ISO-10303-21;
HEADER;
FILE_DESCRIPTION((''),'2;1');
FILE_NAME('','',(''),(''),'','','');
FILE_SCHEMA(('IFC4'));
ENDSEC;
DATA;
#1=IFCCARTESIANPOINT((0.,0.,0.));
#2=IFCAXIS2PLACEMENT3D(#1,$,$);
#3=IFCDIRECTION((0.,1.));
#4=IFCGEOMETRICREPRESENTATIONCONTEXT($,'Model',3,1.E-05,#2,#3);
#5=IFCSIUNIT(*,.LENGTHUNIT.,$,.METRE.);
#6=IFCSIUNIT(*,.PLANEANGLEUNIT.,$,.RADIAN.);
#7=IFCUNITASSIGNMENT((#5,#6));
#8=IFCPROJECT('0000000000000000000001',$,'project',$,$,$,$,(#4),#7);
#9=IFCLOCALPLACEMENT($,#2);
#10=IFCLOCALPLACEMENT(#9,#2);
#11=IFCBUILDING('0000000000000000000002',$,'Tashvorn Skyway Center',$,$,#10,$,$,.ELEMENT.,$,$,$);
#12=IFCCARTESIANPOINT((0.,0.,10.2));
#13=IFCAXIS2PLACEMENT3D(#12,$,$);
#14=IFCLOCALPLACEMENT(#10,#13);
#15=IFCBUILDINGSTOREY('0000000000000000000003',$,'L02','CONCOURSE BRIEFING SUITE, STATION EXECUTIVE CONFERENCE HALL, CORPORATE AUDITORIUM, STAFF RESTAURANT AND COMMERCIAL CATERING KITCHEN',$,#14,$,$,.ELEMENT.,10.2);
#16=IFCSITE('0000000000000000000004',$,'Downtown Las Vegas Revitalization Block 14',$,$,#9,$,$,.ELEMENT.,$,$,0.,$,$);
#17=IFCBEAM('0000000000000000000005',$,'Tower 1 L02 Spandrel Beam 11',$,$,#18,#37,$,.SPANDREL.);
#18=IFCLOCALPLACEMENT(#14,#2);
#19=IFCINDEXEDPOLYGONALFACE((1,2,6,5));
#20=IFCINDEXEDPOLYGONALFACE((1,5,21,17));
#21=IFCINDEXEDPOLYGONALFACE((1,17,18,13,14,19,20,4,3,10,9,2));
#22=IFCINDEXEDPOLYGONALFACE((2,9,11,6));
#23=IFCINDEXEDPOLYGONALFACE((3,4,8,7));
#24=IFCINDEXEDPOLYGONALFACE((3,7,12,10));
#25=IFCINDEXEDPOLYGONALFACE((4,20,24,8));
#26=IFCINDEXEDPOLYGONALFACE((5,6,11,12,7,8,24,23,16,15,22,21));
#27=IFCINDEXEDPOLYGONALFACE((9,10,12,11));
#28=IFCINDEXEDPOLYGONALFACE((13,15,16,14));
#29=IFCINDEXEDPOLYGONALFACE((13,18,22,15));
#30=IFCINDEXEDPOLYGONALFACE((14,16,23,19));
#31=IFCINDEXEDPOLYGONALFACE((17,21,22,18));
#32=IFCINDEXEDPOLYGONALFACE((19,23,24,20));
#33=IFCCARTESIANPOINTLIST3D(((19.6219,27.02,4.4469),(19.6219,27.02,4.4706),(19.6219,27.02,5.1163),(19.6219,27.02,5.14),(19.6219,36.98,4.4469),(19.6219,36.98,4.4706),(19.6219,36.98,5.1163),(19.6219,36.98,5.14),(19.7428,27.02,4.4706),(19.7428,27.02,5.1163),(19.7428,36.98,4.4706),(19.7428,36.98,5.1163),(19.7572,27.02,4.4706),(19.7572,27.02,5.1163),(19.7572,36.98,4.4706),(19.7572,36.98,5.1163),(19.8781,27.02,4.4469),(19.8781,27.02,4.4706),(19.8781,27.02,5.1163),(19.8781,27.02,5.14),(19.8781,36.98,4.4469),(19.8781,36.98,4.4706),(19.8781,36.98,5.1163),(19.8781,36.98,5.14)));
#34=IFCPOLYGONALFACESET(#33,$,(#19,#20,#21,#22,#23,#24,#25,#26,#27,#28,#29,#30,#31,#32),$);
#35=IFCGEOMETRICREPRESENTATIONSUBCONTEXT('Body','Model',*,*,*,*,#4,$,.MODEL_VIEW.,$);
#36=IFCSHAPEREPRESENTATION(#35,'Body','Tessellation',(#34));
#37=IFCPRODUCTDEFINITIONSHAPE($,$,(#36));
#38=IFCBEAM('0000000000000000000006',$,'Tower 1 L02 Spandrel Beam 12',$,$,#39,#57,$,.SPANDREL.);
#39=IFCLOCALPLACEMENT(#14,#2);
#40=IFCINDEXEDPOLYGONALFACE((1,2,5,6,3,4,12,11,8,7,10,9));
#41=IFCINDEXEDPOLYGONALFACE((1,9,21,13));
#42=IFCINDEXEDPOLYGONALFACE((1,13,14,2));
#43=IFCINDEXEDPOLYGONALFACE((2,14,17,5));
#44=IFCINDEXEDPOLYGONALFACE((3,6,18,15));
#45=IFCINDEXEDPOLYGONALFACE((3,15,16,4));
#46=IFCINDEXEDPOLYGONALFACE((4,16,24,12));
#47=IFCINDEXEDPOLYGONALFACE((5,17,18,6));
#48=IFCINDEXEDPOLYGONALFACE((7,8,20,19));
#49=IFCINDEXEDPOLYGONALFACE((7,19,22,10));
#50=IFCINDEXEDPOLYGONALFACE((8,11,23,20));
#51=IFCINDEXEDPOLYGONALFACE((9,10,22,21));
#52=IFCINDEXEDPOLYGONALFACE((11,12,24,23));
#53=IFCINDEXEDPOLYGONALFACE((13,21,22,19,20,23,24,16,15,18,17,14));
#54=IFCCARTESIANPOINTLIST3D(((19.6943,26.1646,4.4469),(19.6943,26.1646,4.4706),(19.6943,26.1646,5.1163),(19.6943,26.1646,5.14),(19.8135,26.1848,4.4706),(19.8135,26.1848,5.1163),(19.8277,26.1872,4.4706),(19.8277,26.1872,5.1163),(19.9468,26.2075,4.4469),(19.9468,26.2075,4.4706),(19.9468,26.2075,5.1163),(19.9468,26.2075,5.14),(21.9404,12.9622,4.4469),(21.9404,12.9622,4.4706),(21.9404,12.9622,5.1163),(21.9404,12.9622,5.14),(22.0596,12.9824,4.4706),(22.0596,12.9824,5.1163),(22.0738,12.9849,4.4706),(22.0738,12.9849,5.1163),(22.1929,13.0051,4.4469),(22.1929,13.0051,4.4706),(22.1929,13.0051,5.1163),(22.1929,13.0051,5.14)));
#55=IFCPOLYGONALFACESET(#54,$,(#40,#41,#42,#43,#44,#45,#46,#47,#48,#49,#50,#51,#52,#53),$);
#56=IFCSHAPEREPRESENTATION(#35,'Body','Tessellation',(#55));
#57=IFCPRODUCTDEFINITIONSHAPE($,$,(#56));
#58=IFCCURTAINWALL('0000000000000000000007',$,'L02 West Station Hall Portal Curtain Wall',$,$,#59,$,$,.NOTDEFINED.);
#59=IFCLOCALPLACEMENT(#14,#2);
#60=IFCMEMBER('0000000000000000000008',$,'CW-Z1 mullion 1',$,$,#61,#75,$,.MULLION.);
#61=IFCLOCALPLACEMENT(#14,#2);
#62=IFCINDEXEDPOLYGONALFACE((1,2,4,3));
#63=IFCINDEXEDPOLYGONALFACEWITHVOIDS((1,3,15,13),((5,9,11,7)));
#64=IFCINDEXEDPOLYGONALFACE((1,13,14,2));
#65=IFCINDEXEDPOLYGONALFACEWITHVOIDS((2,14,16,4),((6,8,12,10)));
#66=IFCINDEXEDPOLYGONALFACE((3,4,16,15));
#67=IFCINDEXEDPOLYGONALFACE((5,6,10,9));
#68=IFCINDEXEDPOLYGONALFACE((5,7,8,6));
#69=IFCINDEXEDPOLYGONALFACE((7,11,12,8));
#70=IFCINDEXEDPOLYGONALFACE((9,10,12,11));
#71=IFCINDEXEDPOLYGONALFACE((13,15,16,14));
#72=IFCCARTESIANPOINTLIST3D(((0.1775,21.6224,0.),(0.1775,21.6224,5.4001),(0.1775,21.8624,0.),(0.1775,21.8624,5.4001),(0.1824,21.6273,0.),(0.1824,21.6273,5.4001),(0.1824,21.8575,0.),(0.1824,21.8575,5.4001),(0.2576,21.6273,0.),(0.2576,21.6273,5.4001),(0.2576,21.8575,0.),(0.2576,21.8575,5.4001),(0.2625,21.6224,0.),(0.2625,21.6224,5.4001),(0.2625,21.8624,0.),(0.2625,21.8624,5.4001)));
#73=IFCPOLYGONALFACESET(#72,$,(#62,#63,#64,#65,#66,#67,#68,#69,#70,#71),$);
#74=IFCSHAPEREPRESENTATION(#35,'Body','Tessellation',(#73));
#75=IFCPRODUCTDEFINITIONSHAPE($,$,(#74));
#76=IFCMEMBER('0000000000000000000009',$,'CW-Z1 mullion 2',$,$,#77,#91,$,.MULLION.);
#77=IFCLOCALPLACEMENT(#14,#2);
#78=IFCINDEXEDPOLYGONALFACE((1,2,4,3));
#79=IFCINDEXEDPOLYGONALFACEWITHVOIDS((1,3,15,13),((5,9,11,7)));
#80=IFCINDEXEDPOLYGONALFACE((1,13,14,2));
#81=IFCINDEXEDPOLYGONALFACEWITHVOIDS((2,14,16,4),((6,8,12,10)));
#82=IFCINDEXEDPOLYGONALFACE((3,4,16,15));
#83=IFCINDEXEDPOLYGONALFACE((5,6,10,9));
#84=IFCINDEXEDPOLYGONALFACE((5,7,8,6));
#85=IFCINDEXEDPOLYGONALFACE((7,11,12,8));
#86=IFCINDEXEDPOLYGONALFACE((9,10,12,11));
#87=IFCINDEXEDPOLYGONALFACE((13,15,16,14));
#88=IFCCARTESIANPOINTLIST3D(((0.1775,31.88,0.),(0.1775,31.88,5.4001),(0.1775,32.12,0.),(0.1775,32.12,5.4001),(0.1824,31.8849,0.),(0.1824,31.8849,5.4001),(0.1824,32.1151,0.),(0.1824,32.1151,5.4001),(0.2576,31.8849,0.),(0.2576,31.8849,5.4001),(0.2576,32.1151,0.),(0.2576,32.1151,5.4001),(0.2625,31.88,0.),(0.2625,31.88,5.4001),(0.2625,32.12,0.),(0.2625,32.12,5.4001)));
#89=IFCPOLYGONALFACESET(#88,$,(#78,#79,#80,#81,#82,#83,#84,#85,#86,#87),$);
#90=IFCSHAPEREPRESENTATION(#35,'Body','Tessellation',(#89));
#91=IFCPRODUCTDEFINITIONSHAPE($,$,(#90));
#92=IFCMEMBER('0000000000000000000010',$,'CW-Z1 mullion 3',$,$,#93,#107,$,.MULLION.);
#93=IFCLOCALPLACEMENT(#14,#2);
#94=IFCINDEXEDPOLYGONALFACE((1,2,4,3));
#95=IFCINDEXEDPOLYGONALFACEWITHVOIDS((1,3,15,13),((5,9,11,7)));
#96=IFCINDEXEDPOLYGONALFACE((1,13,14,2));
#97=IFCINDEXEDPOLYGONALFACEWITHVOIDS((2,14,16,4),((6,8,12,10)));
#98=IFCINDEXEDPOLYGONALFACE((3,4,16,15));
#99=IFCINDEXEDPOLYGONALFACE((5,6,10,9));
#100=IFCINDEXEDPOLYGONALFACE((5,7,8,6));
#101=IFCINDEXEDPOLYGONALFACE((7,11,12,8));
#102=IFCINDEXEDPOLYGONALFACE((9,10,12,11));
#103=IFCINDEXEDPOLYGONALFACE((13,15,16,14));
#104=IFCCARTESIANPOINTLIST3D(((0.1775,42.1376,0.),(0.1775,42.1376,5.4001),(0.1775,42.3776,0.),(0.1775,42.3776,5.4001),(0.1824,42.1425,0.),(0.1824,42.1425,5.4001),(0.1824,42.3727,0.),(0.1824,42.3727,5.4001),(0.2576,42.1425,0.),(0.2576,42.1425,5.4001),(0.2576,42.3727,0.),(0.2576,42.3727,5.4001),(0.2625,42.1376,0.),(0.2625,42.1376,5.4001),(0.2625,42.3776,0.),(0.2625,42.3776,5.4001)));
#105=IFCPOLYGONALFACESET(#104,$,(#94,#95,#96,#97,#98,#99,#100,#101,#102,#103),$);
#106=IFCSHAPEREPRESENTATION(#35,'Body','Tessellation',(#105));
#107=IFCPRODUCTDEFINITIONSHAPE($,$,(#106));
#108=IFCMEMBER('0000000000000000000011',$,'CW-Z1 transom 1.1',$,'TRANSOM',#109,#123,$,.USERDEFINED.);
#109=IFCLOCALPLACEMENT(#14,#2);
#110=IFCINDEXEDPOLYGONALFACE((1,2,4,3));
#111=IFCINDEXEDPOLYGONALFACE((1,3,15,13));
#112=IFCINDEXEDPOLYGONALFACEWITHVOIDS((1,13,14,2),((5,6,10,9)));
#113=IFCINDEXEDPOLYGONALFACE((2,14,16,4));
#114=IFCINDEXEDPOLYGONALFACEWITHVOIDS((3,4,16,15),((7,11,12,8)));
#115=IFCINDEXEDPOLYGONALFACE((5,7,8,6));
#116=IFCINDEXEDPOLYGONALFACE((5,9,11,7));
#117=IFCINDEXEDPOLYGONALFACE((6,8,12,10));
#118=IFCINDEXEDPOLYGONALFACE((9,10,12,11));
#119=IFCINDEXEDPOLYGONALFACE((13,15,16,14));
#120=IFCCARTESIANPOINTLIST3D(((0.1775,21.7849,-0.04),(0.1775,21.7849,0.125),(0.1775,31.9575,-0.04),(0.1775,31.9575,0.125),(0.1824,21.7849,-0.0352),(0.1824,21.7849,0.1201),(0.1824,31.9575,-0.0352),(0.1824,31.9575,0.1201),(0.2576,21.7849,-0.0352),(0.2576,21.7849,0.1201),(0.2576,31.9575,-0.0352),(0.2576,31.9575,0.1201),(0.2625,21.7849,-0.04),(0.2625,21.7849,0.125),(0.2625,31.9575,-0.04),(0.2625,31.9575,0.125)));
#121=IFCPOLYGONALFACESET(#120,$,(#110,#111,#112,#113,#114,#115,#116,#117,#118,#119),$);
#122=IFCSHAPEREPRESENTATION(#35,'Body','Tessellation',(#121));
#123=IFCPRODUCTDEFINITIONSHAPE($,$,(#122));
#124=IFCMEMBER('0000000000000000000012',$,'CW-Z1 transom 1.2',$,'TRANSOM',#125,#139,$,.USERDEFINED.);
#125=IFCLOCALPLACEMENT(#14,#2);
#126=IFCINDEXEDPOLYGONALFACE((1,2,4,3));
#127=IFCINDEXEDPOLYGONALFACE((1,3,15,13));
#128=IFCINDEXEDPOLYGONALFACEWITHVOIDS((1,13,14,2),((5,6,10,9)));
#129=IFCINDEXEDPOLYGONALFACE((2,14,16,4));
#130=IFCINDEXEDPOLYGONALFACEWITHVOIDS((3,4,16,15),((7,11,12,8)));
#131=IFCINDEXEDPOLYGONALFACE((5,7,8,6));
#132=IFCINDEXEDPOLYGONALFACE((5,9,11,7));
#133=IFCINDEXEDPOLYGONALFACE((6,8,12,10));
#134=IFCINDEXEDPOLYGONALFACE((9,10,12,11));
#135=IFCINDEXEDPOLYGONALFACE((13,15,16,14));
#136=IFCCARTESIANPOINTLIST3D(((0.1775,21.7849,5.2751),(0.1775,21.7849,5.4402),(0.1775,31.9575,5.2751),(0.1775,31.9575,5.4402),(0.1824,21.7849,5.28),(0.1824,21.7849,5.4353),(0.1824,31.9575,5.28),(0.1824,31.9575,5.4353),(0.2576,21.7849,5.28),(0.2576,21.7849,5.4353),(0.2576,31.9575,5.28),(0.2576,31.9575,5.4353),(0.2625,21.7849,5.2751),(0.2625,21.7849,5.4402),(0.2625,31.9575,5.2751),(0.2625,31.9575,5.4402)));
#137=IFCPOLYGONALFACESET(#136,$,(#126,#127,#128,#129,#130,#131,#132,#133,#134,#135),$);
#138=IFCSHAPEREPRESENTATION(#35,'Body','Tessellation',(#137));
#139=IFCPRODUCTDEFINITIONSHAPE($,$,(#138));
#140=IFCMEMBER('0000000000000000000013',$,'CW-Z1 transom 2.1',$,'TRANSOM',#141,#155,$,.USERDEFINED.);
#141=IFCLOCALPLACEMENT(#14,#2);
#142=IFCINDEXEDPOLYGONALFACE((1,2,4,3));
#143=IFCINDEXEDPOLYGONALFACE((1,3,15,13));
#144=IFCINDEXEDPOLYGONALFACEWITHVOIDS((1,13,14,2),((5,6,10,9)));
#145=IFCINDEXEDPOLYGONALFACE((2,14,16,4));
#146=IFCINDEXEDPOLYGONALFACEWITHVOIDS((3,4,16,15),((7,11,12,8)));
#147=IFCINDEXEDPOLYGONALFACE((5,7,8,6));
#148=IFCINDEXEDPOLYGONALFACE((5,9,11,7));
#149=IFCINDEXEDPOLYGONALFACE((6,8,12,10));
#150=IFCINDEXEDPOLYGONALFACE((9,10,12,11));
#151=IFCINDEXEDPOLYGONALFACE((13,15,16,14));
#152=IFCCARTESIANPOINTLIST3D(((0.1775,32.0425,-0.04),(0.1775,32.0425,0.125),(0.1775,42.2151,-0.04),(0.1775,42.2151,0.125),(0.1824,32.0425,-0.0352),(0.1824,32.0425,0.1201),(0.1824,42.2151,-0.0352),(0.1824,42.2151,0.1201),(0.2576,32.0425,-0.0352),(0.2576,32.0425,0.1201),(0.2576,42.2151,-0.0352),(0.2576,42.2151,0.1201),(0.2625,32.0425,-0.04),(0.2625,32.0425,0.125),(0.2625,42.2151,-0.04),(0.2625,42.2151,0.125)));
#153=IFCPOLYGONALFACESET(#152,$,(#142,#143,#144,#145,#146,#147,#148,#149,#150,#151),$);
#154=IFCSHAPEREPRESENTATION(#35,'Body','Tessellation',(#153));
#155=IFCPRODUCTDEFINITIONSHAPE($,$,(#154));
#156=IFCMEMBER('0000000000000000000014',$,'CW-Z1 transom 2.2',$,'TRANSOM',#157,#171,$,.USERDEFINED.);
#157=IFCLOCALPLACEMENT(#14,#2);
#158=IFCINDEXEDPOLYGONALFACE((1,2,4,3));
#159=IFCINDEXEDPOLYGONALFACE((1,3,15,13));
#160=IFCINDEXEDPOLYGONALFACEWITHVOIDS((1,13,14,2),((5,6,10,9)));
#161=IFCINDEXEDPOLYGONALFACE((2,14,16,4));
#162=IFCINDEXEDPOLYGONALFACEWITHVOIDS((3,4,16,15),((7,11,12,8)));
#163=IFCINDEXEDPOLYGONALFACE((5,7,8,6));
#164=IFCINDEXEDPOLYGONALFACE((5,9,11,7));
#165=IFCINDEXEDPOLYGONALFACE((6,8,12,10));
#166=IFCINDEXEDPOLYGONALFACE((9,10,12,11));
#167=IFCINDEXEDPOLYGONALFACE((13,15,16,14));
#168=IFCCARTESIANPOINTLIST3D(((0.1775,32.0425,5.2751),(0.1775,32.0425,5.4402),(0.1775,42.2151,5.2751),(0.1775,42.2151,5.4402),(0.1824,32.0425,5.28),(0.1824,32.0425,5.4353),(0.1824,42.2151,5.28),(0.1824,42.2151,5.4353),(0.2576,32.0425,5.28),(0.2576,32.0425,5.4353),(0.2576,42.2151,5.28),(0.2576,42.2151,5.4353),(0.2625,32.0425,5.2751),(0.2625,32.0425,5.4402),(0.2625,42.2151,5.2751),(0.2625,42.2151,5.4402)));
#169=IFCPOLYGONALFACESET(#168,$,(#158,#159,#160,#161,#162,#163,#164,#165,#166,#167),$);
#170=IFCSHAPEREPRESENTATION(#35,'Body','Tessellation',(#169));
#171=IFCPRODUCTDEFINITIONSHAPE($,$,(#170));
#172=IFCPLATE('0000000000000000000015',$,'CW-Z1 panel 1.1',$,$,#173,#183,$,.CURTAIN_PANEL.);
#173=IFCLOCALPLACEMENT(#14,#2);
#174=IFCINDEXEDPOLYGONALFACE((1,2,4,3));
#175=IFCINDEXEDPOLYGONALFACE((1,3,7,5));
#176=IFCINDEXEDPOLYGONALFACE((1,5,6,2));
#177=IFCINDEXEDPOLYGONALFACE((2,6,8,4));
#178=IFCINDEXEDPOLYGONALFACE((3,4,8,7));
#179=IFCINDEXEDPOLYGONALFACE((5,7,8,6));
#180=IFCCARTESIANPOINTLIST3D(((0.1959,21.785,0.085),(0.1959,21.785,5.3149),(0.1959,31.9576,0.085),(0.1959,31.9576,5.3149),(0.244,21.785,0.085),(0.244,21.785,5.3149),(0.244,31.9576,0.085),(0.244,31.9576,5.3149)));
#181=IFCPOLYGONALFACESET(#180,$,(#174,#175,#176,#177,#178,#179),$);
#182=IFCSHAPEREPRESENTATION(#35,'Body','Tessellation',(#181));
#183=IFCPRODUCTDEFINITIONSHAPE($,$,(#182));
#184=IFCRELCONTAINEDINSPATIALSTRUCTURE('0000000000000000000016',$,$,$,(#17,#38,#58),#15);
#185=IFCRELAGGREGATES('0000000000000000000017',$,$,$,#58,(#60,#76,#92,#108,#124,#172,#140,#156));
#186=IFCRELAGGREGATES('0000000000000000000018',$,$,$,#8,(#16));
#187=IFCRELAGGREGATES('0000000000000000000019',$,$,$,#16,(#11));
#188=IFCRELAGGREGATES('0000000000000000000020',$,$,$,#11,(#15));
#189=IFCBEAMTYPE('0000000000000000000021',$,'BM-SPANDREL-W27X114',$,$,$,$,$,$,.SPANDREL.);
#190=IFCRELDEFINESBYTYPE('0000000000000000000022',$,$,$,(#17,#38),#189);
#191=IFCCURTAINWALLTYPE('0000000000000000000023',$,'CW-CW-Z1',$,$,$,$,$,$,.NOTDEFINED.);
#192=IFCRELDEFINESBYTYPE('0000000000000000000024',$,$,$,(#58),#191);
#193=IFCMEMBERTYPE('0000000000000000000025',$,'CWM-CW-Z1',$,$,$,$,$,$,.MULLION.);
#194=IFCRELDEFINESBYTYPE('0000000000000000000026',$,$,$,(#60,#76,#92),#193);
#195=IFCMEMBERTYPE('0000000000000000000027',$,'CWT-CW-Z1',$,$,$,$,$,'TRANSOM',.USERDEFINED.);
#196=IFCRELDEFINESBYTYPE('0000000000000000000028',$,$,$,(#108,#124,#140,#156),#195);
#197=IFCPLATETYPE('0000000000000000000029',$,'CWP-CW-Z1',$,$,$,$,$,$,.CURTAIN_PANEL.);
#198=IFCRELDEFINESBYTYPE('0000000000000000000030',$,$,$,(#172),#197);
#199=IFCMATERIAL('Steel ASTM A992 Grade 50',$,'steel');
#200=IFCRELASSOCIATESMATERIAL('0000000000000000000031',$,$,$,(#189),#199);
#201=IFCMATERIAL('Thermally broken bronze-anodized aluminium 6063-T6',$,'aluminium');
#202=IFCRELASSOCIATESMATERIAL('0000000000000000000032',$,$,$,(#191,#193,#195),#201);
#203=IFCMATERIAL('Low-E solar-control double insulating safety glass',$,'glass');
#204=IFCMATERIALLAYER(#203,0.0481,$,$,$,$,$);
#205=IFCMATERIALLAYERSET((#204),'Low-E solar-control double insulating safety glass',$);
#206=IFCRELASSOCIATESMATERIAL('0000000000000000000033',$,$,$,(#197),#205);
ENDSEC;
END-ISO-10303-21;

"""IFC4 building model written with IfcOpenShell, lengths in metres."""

from ifc_helpers import new_model, si_unit, direction, frame, origin, origin_2d, place, context, subcontext, project, spatial, rectangle, hollow_rectangle, i_section, extrude, material, layer, layer_set, material_profile, profile_set, type_object, element, aggregate, save


model = new_model("IFC4")

# Units and contexts
model_context = context("Model", 3, precision=1e-05, world=origin(), true_north=direction((0.0, 1.0)))
body_context = subcontext(model_context, "Body", "Model", "MODEL_VIEW")
ifc_project = project(units=[si_unit("LENGTHUNIT", "METRE"), si_unit("PLANEANGLEUNIT", "RADIAN")], contexts=[model_context])

# Site, building, storey
site_placement = place(None, origin())
site = spatial("IfcSite", under=ifc_project, at=site_placement, Name="Downtown Las Vegas Revitalization Block 14", CompositionType="ELEMENT", RefElevation=0.0)
building_placement = place(site_placement, origin())
building = spatial("IfcBuilding", under=site, at=building_placement, Name="Tashvorn Skyway Center", CompositionType="ELEMENT")
storey_placement = place(building_placement, frame((0.0, 0.0, 10.2)))
storey = spatial("IfcBuildingStorey", under=building, at=storey_placement, Name="L02", Description="CONCOURSE BRIEFING SUITE, STATION EXECUTIVE CONFERENCE HALL, CORPORATE AUDITORIUM, STAFF RESTAURANT AND COMMERCIAL CATERING KITCHEN", CompositionType="ELEMENT", Elevation=10.2)

# Beams
ifc_material_1 = material(Name="Steel ASTM A992 Grade 50", Category="steel")
ifc_material_profile_1 = material_profile(ifc_material_1, i_section(OverallWidth=0.2561, OverallDepth=0.6931, WebThickness=0.0144, FlangeThickness=0.0237, at=origin_2d()), Name="W27X114")
ifc_profile_set_1 = profile_set([ifc_material_profile_1], Name="Steel ASTM A992 Grade 50")
beam_type_1 = type_object("IfcBeamType", Name="BM-SPANDREL-W27X114", PredefinedType="SPANDREL", material=ifc_profile_set_1)
beam_1_placement = place(storey_placement, frame((19.75, 36.98, 4.7935), z_axis=(0.0, -1.0, 0.0), x_axis=(1.0, 0.0, 0.0)))
element("IfcBeam", 1, at=beam_1_placement, inside=storey, type_object=beam_type_1, Name="Tower 1 L02 Spandrel Beam 11", PredefinedType="SPANDREL", context=body_context, shape_type="SweptSolid", body=[
    extrude(i_section(OverallWidth=0.2561, OverallDepth=0.6931, WebThickness=0.0144, FlangeThickness=0.0237, at=origin_2d()), origin(), (0.0, 0.0, 1.0), 9.96),
])
beam_2_placement = place(storey_placement, frame((19.8206, 26.186, 4.7935), z_axis=(0.167718, -0.985835, 0.0), x_axis=(0.985835, 0.167718, 0.0)))
element("IfcBeam", 2, at=beam_2_placement, inside=storey, type_object=beam_type_1, Name="Tower 1 L02 Spandrel Beam 12", PredefinedType="SPANDREL", context=body_context, shape_type="SweptSolid", body=[
    extrude(i_section(OverallWidth=0.2561, OverallDepth=0.6931, WebThickness=0.0144, FlangeThickness=0.0237, at=origin_2d()), origin(), (0.0, 0.0, 1.0), 13.3921),
])

# Curtain wall, members, plate
ifc_material_2 = material(Name="Thermally broken bronze-anodized aluminium 6063-T6", Category="aluminium")
curtain_wall_type = type_object("IfcCurtainWallType", Name="CW-CW-Z1", PredefinedType="NOTDEFINED", material=ifc_material_2)
curtain_wall_placement = place(storey_placement, origin())
curtain_wall = element("IfcCurtainWall", 3, at=curtain_wall_placement, inside=storey, type_object=curtain_wall_type, Name="L02 West Station Hall Portal Curtain Wall", PredefinedType="NOTDEFINED")
ifc_material_profile_2 = material_profile(ifc_material_2, hollow_rectangle(XDim=0.085, YDim=0.24, WallThickness=0.0049, at=origin_2d()), Name="ALU-MULL-85x240")
ifc_profile_set_2 = profile_set([ifc_material_profile_2], Name="Thermally broken bronze-anodized aluminium 6063-T6")
member_type_1 = type_object("IfcMemberType", Name="CWM-CW-Z1", PredefinedType="MULLION", material=ifc_profile_set_2)
member_1_placement = place(storey_placement, frame((0.22, 21.7424, 0.0), z_axis=(0.0, 0.0, 1.0), x_axis=(-1.0, 0.0, 0.0)))
member_1 = element("IfcMember", 4, at=member_1_placement, type_object=member_type_1, Name="CW-Z1 mullion 1", PredefinedType="MULLION", context=body_context, shape_type="SweptSolid", body=[
    extrude(hollow_rectangle(XDim=0.085, YDim=0.24, WallThickness=0.0049, at=origin_2d()), origin(), (0.0, 0.0, 1.0), 5.4001),
])
member_2_placement = place(storey_placement, frame((0.22, 32.0, 0.0), z_axis=(0.0, 0.0, 1.0), x_axis=(-1.0, 0.0, 0.0)))
member_2 = element("IfcMember", 5, at=member_2_placement, type_object=member_type_1, Name="CW-Z1 mullion 2", PredefinedType="MULLION", context=body_context, shape_type="SweptSolid", body=[
    extrude(hollow_rectangle(XDim=0.085, YDim=0.24, WallThickness=0.0049, at=origin_2d()), origin(), (0.0, 0.0, 1.0), 5.4001),
])
member_3_placement = place(storey_placement, frame((0.22, 42.2576, 0.0), z_axis=(0.0, 0.0, 1.0), x_axis=(-1.0, 0.0, 0.0)))
member_3 = element("IfcMember", 6, at=member_3_placement, type_object=member_type_1, Name="CW-Z1 mullion 3", PredefinedType="MULLION", context=body_context, shape_type="SweptSolid", body=[
    extrude(hollow_rectangle(XDim=0.085, YDim=0.24, WallThickness=0.0049, at=origin_2d()), origin(), (0.0, 0.0, 1.0), 5.4001),
])
ifc_material_profile_3 = material_profile(ifc_material_2, hollow_rectangle(XDim=0.085, YDim=0.165, WallThickness=0.0049, at=origin_2d()), Name="ALU-TRAN-85x165")
ifc_profile_set_3 = profile_set([ifc_material_profile_3], Name="Thermally broken bronze-anodized aluminium 6063-T6")
member_type_2 = type_object("IfcMemberType", Name="CWT-CW-Z1", ElementType="TRANSOM", PredefinedType="USERDEFINED", material=ifc_profile_set_3)
member_4_placement = place(storey_placement, frame((0.22, 21.7849, 0.0425), z_axis=(0.0, 1.0, 0.0), x_axis=(-1.0, 0.0, 0.0)))
member_4 = element("IfcMember", 7, at=member_4_placement, type_object=member_type_2, Name="CW-Z1 transom 1.1", ObjectType="TRANSOM", PredefinedType="USERDEFINED", context=body_context, shape_type="SweptSolid", body=[
    extrude(hollow_rectangle(XDim=0.085, YDim=0.165, WallThickness=0.0049, at=origin_2d()), origin(), (0.0, 0.0, 1.0), 10.1726),
])
member_5_placement = place(storey_placement, frame((0.22, 21.7849, 5.3577), z_axis=(0.0, 1.0, 0.0), x_axis=(-1.0, 0.0, 0.0)))
member_5 = element("IfcMember", 8, at=member_5_placement, type_object=member_type_2, Name="CW-Z1 transom 1.2", ObjectType="TRANSOM", PredefinedType="USERDEFINED", context=body_context, shape_type="SweptSolid", body=[
    extrude(hollow_rectangle(XDim=0.085, YDim=0.165, WallThickness=0.0049, at=origin_2d()), origin(), (0.0, 0.0, 1.0), 10.1726),
])
member_6_placement = place(storey_placement, frame((0.22, 32.0425, 0.0425), z_axis=(0.0, 1.0, 0.0), x_axis=(-1.0, 0.0, 0.0)))
member_6 = element("IfcMember", 9, at=member_6_placement, type_object=member_type_2, Name="CW-Z1 transom 2.1", ObjectType="TRANSOM", PredefinedType="USERDEFINED", context=body_context, shape_type="SweptSolid", body=[
    extrude(hollow_rectangle(XDim=0.085, YDim=0.165, WallThickness=0.0049, at=origin_2d()), origin(), (0.0, 0.0, 1.0), 10.1726),
])
member_7_placement = place(storey_placement, frame((0.22, 32.0425, 5.3577), z_axis=(0.0, 1.0, 0.0), x_axis=(-1.0, 0.0, 0.0)))
member_7 = element("IfcMember", 10, at=member_7_placement, type_object=member_type_2, Name="CW-Z1 transom 2.2", ObjectType="TRANSOM", PredefinedType="USERDEFINED", context=body_context, shape_type="SweptSolid", body=[
    extrude(hollow_rectangle(XDim=0.085, YDim=0.165, WallThickness=0.0049, at=origin_2d()), origin(), (0.0, 0.0, 1.0), 10.1726),
])
ifc_material_3 = material(Name="Low-E solar-control double insulating safety glass", Category="glass")
ifc_layer_1 = layer(ifc_material_3, 0.0481)
ifc_layer_set_1 = layer_set([ifc_layer_1], Name="Low-E solar-control double insulating safety glass")
plate_type = type_object("IfcPlateType", Name="CWP-CW-Z1", PredefinedType="CURTAIN_PANEL", material=ifc_layer_set_1)
plate_1_placement = place(storey_placement, frame((0.22, 26.8713, 0.085), z_axis=(0.0, 0.0, 1.0), x_axis=(0.0, 1.0, 0.0)))
plate_1 = element("IfcPlate", 11, at=plate_1_placement, type_object=plate_type, Name="CW-Z1 panel 1.1", PredefinedType="CURTAIN_PANEL", context=body_context, shape_type="SweptSolid", body=[
    extrude(rectangle(XDim=10.1726, YDim=0.0481, at=origin_2d()), origin(), (0.0, 0.0, 1.0), 5.23),
])
aggregate(curtain_wall, [member_1, member_2, member_3, member_4, member_5, plate_1, member_6, member_7])

save(model, "model.ifc")
